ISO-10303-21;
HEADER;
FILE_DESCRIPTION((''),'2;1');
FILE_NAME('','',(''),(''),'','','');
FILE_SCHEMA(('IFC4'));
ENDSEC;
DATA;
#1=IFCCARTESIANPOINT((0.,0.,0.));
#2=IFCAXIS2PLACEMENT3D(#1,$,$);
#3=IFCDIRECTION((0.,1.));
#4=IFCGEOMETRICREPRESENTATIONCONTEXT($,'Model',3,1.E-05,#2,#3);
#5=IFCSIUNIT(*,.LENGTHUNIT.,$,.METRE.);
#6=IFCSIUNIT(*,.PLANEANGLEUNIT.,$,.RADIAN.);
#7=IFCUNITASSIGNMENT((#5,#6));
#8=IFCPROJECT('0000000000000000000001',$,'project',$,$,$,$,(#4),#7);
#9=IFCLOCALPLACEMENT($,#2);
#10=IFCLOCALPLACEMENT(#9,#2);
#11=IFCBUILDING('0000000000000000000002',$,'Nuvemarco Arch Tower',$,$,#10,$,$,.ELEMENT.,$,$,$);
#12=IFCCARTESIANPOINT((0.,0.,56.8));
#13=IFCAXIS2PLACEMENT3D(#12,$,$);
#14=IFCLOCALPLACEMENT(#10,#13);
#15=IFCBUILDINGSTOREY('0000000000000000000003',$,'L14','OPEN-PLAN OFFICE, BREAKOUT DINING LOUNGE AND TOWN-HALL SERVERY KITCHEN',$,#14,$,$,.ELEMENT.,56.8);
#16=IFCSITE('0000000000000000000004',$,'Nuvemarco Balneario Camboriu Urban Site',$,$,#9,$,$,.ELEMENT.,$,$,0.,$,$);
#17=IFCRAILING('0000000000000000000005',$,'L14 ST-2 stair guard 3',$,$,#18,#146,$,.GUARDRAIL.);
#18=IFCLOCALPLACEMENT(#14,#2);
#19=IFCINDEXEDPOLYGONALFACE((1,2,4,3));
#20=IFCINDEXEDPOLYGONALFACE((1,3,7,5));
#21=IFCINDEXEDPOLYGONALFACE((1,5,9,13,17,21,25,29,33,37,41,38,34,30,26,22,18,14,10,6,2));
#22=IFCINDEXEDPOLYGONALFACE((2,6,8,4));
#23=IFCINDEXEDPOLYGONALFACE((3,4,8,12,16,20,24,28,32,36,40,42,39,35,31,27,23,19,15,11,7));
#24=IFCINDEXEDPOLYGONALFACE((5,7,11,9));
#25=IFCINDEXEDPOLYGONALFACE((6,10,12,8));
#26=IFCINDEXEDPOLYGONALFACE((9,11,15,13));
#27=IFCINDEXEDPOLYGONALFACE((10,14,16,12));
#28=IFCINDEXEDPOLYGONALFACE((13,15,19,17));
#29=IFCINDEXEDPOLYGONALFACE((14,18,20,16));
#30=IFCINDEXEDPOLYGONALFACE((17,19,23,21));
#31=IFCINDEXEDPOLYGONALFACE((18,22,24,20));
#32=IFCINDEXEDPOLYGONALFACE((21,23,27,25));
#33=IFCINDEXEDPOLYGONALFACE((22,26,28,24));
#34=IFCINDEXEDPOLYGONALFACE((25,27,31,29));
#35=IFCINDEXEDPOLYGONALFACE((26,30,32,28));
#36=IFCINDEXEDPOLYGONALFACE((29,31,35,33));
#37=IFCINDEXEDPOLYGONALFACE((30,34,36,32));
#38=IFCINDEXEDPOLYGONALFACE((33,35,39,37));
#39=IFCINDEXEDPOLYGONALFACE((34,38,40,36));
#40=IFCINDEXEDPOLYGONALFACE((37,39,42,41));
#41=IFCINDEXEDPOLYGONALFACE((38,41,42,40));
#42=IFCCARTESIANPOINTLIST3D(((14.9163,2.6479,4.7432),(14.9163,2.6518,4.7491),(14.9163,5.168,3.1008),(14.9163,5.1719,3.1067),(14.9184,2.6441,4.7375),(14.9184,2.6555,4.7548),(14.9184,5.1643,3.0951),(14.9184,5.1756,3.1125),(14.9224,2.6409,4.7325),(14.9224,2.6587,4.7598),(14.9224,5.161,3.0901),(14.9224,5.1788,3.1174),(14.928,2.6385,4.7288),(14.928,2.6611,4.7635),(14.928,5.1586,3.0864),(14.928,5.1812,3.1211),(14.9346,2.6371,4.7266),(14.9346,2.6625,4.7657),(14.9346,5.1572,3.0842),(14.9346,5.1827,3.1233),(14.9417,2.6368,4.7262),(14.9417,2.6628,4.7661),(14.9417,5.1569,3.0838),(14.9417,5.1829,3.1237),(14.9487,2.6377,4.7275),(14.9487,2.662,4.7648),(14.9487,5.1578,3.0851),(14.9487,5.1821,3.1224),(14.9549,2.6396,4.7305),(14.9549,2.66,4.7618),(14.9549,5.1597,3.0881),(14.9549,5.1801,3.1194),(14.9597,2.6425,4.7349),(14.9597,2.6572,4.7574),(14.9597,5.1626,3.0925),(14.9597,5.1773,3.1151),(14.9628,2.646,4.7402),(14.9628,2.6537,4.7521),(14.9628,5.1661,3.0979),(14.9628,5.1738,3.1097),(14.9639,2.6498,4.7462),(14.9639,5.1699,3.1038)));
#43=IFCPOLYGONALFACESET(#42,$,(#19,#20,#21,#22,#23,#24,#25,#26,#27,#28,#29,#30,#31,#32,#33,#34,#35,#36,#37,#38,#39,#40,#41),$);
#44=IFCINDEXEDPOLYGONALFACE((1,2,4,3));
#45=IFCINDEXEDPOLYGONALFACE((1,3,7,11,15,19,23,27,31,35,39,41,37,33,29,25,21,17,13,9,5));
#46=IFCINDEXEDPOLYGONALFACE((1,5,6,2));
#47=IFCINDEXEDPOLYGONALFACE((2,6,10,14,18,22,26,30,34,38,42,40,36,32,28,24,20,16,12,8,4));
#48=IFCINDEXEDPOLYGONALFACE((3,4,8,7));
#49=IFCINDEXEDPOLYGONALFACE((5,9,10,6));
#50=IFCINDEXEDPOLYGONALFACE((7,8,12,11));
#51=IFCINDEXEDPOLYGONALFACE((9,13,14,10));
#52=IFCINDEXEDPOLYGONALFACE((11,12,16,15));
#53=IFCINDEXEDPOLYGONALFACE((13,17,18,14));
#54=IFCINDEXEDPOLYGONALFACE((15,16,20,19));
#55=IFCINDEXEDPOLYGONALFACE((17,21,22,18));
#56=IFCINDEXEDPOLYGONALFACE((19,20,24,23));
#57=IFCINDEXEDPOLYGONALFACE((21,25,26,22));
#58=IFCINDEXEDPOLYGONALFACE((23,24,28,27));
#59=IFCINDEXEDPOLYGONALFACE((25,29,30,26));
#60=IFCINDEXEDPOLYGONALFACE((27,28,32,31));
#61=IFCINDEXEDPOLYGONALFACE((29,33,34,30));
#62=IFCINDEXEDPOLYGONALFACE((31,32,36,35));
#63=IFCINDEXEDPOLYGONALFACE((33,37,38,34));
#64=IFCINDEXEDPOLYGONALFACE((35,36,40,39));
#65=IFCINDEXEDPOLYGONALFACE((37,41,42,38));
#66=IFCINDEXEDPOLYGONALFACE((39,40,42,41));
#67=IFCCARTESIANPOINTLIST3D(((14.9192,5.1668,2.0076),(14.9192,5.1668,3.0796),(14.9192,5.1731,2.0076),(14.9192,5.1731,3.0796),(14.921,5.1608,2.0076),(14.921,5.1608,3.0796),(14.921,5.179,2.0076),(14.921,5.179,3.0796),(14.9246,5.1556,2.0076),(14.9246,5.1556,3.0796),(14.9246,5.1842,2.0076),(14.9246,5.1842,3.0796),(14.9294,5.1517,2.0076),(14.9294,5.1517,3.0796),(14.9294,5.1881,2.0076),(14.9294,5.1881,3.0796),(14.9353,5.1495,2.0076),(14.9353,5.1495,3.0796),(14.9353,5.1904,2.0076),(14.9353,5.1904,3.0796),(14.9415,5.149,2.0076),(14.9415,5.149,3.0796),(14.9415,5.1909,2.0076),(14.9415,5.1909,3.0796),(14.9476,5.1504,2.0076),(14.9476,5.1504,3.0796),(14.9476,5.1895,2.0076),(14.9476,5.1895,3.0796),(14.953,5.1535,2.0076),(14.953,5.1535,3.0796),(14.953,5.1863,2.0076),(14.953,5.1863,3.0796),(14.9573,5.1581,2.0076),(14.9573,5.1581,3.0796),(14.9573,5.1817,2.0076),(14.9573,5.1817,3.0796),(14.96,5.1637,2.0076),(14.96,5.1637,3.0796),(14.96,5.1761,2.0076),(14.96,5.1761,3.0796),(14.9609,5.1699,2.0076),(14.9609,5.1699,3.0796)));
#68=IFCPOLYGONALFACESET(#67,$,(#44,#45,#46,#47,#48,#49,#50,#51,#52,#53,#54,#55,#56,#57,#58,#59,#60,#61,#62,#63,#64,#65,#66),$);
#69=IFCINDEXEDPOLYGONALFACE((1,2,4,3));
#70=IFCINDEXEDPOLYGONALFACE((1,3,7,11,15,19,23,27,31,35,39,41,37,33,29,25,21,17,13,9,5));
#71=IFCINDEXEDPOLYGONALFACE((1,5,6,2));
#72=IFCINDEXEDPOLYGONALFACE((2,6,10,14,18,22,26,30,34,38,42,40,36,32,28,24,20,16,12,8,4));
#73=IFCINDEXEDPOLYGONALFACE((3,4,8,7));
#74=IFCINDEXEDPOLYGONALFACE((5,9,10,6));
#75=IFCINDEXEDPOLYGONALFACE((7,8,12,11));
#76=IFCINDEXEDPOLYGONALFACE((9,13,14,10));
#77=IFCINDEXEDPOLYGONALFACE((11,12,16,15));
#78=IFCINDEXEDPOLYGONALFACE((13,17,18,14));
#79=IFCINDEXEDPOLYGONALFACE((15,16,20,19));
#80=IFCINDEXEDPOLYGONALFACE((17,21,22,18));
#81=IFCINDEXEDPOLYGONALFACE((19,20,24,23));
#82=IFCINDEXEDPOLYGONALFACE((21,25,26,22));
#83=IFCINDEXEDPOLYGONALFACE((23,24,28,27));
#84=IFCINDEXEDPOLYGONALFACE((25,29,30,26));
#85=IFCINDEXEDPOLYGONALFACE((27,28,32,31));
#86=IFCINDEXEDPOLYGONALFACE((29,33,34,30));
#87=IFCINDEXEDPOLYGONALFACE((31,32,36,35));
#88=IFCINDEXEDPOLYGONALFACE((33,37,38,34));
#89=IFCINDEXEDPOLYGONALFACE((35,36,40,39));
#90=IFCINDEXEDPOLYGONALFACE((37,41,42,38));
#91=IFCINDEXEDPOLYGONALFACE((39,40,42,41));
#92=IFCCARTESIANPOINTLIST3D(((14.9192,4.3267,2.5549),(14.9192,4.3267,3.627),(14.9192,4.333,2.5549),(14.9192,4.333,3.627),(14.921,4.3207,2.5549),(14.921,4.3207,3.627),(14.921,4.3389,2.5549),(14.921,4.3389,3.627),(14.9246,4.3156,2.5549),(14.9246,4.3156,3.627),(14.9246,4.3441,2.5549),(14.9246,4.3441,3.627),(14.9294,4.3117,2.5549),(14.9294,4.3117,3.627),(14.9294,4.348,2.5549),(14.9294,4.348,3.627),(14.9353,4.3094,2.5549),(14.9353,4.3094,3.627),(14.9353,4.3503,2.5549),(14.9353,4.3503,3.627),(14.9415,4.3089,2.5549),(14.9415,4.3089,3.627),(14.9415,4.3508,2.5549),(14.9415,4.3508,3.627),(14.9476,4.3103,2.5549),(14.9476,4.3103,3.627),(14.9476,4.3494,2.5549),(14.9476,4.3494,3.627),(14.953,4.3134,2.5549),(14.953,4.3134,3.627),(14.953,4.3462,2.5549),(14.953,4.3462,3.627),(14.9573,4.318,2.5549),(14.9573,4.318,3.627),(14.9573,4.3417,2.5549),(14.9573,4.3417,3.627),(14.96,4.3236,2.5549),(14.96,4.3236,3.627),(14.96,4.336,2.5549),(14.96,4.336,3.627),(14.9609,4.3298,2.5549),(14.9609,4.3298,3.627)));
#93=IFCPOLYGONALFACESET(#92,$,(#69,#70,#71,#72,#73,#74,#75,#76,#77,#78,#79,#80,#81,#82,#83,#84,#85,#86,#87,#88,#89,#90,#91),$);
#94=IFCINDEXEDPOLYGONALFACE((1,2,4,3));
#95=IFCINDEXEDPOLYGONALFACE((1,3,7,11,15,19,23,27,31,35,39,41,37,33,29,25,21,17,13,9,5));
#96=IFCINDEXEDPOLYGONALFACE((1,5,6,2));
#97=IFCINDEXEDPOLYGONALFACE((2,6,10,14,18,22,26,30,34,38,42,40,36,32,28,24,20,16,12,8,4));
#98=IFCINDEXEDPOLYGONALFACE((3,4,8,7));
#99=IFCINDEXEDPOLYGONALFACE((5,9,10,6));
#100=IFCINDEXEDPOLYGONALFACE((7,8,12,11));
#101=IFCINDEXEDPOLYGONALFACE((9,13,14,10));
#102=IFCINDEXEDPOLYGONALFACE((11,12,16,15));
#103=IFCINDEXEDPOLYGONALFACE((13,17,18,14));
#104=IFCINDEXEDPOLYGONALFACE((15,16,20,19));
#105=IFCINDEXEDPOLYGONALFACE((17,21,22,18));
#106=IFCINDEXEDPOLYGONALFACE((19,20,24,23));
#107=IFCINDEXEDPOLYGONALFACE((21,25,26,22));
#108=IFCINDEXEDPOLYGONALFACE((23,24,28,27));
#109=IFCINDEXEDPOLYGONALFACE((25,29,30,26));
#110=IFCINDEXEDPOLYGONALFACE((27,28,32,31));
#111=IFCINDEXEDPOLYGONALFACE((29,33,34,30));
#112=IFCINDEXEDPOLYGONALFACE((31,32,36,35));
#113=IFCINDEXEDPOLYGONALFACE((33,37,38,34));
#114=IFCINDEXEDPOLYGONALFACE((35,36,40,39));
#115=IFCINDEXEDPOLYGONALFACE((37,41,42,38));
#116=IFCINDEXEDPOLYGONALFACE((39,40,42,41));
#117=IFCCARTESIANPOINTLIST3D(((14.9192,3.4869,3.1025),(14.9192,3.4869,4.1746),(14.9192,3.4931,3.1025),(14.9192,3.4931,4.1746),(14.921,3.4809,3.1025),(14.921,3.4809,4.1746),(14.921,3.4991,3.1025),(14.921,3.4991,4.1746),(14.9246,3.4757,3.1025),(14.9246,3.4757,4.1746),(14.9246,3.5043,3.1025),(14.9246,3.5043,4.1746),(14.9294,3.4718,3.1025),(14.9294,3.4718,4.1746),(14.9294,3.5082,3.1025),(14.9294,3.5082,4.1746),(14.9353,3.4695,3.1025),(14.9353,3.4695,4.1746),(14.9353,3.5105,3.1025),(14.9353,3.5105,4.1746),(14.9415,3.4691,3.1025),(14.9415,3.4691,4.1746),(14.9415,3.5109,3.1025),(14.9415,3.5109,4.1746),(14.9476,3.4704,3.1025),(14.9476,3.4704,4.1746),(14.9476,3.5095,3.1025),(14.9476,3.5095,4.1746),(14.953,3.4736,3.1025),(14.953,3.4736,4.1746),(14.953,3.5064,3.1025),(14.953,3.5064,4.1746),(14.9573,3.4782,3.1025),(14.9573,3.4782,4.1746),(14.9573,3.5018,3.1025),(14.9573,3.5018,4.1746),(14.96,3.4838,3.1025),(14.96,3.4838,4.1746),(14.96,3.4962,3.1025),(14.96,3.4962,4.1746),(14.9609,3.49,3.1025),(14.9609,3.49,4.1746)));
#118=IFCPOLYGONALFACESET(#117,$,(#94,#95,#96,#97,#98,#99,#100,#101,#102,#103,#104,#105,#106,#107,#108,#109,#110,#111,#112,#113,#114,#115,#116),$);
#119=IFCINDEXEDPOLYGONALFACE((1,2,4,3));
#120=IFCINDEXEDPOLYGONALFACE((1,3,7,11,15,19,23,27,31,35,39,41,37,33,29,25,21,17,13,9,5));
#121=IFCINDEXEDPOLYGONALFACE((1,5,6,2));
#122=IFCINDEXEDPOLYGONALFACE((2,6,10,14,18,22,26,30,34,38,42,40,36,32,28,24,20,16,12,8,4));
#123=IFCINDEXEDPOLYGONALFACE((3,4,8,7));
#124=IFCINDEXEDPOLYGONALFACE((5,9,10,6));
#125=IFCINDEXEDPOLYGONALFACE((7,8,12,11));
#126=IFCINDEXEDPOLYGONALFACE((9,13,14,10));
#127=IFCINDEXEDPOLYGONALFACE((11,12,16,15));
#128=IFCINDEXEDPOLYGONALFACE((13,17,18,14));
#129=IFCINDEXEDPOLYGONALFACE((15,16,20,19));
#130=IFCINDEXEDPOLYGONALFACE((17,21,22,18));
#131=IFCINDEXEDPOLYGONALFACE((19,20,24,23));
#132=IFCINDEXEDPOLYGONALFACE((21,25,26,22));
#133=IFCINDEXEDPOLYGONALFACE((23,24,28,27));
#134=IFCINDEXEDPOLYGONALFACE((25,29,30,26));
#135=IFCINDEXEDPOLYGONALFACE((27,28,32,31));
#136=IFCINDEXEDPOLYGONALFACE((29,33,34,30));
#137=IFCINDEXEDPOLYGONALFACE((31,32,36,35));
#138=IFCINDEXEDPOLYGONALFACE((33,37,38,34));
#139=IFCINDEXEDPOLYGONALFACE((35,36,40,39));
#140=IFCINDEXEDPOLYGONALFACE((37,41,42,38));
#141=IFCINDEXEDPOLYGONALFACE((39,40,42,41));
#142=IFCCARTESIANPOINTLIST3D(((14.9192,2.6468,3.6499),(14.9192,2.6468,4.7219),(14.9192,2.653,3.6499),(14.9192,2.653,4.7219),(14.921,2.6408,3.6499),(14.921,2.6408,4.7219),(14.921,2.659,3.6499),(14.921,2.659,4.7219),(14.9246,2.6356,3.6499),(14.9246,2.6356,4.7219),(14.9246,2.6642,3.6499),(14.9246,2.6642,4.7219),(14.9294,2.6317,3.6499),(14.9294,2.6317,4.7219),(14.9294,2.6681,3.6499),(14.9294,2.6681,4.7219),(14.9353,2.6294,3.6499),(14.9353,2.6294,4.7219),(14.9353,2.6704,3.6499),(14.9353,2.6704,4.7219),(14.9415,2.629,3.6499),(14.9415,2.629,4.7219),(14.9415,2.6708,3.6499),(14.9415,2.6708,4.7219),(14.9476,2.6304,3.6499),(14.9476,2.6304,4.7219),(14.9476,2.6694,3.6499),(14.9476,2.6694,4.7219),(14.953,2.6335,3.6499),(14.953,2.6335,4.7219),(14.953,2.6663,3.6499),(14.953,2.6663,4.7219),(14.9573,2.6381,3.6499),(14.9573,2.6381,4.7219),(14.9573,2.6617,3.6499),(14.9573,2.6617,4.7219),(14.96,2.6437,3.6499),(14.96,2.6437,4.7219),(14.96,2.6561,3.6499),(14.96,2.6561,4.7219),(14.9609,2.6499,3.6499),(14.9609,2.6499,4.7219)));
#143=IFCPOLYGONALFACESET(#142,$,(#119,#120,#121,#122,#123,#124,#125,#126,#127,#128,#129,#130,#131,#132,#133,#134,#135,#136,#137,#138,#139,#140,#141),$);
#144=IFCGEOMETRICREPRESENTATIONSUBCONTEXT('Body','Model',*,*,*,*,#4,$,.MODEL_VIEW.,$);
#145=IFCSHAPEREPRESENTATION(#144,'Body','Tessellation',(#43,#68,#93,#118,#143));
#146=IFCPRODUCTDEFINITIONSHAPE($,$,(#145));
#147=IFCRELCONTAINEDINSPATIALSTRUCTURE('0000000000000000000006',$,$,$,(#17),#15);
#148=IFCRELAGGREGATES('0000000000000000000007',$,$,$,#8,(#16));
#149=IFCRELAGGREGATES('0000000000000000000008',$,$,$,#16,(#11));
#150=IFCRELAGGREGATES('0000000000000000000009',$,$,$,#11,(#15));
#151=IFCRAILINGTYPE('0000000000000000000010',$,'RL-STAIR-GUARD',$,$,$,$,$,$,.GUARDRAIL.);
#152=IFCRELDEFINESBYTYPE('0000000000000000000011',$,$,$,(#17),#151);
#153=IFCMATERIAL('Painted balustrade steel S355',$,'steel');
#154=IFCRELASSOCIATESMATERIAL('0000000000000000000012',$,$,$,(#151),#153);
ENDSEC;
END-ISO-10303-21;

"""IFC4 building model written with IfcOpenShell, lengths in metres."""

from ifc_helpers import new_model, si_unit, direction, frame, origin, origin_2d, place, context, subcontext, project, spatial, circle, extrude, material, type_object, element, save


model = new_model("IFC4")

# Units and contexts
model_context = context("Model", 3, precision=1e-05, world=origin(), true_north=direction((0.0, 1.0)))
body_context = subcontext(model_context, "Body", "Model", "MODEL_VIEW")
ifc_project = project(units=[si_unit("LENGTHUNIT", "METRE"), si_unit("PLANEANGLEUNIT", "RADIAN")], contexts=[model_context])

# Site, building, storey
site_placement = place(None, origin())
site = spatial("IfcSite", under=ifc_project, at=site_placement, Name="Nuvemarco Balneario Camboriu Urban Site", CompositionType="ELEMENT", RefElevation=0.0)
building_placement = place(site_placement, origin())
building = spatial("IfcBuilding", under=site, at=building_placement, Name="Nuvemarco Arch Tower", CompositionType="ELEMENT")
storey_placement = place(building_placement, frame((0.0, 0.0, 56.8)))
storey = spatial("IfcBuildingStorey", under=building, at=storey_placement, Name="L14", Description="OPEN-PLAN OFFICE, BREAKOUT DINING LOUNGE AND TOWN-HALL SERVERY KITCHEN", CompositionType="ELEMENT", Elevation=56.8)

# Railing
ifc_material_1 = material(Name="Painted balustrade steel S355", Category="steel")
railing_type_1 = type_object("IfcRailingType", Name="RL-STAIR-GUARD", PredefinedType="GUARDRAIL", material=ifc_material_1)
railing_1_placement = place(storey_placement, frame((14.9399, 5.1699, 2.0076)))
element("IfcRailing", 1, at=railing_1_placement, inside=storey, type_object=railing_type_1, Name="L14 ST-2 stair guard 3", PredefinedType="GUARDRAIL", context=body_context, shape_type="SweptSolid", body=[
    extrude(circle(Radius=0.0239, at=origin_2d()), frame((0.0, 0.0, 1.0962), z_axis=(0.0, -0.837787, 0.545998), x_axis=(1.0, 0.0, 0.0)), (0.0, 0.0, 1.0), 3.0081),
    extrude(circle(Radius=0.021, at=origin_2d()), origin(), (0.0, 0.0, 1.0), 1.072),
    extrude(circle(Radius=0.021, at=origin_2d()), frame((0.0, -0.8401, 0.5474)), (0.0, 0.0, 1.0), 1.072),
    extrude(circle(Radius=0.021, at=origin_2d()), frame((0.0, -1.6799, 1.095)), (0.0, 0.0, 1.0), 1.072),
    extrude(circle(Radius=0.021, at=origin_2d()), frame((0.0, -2.52, 1.6423)), (0.0, 0.0, 1.0), 1.072),
])

save(model, "model.ifc")
